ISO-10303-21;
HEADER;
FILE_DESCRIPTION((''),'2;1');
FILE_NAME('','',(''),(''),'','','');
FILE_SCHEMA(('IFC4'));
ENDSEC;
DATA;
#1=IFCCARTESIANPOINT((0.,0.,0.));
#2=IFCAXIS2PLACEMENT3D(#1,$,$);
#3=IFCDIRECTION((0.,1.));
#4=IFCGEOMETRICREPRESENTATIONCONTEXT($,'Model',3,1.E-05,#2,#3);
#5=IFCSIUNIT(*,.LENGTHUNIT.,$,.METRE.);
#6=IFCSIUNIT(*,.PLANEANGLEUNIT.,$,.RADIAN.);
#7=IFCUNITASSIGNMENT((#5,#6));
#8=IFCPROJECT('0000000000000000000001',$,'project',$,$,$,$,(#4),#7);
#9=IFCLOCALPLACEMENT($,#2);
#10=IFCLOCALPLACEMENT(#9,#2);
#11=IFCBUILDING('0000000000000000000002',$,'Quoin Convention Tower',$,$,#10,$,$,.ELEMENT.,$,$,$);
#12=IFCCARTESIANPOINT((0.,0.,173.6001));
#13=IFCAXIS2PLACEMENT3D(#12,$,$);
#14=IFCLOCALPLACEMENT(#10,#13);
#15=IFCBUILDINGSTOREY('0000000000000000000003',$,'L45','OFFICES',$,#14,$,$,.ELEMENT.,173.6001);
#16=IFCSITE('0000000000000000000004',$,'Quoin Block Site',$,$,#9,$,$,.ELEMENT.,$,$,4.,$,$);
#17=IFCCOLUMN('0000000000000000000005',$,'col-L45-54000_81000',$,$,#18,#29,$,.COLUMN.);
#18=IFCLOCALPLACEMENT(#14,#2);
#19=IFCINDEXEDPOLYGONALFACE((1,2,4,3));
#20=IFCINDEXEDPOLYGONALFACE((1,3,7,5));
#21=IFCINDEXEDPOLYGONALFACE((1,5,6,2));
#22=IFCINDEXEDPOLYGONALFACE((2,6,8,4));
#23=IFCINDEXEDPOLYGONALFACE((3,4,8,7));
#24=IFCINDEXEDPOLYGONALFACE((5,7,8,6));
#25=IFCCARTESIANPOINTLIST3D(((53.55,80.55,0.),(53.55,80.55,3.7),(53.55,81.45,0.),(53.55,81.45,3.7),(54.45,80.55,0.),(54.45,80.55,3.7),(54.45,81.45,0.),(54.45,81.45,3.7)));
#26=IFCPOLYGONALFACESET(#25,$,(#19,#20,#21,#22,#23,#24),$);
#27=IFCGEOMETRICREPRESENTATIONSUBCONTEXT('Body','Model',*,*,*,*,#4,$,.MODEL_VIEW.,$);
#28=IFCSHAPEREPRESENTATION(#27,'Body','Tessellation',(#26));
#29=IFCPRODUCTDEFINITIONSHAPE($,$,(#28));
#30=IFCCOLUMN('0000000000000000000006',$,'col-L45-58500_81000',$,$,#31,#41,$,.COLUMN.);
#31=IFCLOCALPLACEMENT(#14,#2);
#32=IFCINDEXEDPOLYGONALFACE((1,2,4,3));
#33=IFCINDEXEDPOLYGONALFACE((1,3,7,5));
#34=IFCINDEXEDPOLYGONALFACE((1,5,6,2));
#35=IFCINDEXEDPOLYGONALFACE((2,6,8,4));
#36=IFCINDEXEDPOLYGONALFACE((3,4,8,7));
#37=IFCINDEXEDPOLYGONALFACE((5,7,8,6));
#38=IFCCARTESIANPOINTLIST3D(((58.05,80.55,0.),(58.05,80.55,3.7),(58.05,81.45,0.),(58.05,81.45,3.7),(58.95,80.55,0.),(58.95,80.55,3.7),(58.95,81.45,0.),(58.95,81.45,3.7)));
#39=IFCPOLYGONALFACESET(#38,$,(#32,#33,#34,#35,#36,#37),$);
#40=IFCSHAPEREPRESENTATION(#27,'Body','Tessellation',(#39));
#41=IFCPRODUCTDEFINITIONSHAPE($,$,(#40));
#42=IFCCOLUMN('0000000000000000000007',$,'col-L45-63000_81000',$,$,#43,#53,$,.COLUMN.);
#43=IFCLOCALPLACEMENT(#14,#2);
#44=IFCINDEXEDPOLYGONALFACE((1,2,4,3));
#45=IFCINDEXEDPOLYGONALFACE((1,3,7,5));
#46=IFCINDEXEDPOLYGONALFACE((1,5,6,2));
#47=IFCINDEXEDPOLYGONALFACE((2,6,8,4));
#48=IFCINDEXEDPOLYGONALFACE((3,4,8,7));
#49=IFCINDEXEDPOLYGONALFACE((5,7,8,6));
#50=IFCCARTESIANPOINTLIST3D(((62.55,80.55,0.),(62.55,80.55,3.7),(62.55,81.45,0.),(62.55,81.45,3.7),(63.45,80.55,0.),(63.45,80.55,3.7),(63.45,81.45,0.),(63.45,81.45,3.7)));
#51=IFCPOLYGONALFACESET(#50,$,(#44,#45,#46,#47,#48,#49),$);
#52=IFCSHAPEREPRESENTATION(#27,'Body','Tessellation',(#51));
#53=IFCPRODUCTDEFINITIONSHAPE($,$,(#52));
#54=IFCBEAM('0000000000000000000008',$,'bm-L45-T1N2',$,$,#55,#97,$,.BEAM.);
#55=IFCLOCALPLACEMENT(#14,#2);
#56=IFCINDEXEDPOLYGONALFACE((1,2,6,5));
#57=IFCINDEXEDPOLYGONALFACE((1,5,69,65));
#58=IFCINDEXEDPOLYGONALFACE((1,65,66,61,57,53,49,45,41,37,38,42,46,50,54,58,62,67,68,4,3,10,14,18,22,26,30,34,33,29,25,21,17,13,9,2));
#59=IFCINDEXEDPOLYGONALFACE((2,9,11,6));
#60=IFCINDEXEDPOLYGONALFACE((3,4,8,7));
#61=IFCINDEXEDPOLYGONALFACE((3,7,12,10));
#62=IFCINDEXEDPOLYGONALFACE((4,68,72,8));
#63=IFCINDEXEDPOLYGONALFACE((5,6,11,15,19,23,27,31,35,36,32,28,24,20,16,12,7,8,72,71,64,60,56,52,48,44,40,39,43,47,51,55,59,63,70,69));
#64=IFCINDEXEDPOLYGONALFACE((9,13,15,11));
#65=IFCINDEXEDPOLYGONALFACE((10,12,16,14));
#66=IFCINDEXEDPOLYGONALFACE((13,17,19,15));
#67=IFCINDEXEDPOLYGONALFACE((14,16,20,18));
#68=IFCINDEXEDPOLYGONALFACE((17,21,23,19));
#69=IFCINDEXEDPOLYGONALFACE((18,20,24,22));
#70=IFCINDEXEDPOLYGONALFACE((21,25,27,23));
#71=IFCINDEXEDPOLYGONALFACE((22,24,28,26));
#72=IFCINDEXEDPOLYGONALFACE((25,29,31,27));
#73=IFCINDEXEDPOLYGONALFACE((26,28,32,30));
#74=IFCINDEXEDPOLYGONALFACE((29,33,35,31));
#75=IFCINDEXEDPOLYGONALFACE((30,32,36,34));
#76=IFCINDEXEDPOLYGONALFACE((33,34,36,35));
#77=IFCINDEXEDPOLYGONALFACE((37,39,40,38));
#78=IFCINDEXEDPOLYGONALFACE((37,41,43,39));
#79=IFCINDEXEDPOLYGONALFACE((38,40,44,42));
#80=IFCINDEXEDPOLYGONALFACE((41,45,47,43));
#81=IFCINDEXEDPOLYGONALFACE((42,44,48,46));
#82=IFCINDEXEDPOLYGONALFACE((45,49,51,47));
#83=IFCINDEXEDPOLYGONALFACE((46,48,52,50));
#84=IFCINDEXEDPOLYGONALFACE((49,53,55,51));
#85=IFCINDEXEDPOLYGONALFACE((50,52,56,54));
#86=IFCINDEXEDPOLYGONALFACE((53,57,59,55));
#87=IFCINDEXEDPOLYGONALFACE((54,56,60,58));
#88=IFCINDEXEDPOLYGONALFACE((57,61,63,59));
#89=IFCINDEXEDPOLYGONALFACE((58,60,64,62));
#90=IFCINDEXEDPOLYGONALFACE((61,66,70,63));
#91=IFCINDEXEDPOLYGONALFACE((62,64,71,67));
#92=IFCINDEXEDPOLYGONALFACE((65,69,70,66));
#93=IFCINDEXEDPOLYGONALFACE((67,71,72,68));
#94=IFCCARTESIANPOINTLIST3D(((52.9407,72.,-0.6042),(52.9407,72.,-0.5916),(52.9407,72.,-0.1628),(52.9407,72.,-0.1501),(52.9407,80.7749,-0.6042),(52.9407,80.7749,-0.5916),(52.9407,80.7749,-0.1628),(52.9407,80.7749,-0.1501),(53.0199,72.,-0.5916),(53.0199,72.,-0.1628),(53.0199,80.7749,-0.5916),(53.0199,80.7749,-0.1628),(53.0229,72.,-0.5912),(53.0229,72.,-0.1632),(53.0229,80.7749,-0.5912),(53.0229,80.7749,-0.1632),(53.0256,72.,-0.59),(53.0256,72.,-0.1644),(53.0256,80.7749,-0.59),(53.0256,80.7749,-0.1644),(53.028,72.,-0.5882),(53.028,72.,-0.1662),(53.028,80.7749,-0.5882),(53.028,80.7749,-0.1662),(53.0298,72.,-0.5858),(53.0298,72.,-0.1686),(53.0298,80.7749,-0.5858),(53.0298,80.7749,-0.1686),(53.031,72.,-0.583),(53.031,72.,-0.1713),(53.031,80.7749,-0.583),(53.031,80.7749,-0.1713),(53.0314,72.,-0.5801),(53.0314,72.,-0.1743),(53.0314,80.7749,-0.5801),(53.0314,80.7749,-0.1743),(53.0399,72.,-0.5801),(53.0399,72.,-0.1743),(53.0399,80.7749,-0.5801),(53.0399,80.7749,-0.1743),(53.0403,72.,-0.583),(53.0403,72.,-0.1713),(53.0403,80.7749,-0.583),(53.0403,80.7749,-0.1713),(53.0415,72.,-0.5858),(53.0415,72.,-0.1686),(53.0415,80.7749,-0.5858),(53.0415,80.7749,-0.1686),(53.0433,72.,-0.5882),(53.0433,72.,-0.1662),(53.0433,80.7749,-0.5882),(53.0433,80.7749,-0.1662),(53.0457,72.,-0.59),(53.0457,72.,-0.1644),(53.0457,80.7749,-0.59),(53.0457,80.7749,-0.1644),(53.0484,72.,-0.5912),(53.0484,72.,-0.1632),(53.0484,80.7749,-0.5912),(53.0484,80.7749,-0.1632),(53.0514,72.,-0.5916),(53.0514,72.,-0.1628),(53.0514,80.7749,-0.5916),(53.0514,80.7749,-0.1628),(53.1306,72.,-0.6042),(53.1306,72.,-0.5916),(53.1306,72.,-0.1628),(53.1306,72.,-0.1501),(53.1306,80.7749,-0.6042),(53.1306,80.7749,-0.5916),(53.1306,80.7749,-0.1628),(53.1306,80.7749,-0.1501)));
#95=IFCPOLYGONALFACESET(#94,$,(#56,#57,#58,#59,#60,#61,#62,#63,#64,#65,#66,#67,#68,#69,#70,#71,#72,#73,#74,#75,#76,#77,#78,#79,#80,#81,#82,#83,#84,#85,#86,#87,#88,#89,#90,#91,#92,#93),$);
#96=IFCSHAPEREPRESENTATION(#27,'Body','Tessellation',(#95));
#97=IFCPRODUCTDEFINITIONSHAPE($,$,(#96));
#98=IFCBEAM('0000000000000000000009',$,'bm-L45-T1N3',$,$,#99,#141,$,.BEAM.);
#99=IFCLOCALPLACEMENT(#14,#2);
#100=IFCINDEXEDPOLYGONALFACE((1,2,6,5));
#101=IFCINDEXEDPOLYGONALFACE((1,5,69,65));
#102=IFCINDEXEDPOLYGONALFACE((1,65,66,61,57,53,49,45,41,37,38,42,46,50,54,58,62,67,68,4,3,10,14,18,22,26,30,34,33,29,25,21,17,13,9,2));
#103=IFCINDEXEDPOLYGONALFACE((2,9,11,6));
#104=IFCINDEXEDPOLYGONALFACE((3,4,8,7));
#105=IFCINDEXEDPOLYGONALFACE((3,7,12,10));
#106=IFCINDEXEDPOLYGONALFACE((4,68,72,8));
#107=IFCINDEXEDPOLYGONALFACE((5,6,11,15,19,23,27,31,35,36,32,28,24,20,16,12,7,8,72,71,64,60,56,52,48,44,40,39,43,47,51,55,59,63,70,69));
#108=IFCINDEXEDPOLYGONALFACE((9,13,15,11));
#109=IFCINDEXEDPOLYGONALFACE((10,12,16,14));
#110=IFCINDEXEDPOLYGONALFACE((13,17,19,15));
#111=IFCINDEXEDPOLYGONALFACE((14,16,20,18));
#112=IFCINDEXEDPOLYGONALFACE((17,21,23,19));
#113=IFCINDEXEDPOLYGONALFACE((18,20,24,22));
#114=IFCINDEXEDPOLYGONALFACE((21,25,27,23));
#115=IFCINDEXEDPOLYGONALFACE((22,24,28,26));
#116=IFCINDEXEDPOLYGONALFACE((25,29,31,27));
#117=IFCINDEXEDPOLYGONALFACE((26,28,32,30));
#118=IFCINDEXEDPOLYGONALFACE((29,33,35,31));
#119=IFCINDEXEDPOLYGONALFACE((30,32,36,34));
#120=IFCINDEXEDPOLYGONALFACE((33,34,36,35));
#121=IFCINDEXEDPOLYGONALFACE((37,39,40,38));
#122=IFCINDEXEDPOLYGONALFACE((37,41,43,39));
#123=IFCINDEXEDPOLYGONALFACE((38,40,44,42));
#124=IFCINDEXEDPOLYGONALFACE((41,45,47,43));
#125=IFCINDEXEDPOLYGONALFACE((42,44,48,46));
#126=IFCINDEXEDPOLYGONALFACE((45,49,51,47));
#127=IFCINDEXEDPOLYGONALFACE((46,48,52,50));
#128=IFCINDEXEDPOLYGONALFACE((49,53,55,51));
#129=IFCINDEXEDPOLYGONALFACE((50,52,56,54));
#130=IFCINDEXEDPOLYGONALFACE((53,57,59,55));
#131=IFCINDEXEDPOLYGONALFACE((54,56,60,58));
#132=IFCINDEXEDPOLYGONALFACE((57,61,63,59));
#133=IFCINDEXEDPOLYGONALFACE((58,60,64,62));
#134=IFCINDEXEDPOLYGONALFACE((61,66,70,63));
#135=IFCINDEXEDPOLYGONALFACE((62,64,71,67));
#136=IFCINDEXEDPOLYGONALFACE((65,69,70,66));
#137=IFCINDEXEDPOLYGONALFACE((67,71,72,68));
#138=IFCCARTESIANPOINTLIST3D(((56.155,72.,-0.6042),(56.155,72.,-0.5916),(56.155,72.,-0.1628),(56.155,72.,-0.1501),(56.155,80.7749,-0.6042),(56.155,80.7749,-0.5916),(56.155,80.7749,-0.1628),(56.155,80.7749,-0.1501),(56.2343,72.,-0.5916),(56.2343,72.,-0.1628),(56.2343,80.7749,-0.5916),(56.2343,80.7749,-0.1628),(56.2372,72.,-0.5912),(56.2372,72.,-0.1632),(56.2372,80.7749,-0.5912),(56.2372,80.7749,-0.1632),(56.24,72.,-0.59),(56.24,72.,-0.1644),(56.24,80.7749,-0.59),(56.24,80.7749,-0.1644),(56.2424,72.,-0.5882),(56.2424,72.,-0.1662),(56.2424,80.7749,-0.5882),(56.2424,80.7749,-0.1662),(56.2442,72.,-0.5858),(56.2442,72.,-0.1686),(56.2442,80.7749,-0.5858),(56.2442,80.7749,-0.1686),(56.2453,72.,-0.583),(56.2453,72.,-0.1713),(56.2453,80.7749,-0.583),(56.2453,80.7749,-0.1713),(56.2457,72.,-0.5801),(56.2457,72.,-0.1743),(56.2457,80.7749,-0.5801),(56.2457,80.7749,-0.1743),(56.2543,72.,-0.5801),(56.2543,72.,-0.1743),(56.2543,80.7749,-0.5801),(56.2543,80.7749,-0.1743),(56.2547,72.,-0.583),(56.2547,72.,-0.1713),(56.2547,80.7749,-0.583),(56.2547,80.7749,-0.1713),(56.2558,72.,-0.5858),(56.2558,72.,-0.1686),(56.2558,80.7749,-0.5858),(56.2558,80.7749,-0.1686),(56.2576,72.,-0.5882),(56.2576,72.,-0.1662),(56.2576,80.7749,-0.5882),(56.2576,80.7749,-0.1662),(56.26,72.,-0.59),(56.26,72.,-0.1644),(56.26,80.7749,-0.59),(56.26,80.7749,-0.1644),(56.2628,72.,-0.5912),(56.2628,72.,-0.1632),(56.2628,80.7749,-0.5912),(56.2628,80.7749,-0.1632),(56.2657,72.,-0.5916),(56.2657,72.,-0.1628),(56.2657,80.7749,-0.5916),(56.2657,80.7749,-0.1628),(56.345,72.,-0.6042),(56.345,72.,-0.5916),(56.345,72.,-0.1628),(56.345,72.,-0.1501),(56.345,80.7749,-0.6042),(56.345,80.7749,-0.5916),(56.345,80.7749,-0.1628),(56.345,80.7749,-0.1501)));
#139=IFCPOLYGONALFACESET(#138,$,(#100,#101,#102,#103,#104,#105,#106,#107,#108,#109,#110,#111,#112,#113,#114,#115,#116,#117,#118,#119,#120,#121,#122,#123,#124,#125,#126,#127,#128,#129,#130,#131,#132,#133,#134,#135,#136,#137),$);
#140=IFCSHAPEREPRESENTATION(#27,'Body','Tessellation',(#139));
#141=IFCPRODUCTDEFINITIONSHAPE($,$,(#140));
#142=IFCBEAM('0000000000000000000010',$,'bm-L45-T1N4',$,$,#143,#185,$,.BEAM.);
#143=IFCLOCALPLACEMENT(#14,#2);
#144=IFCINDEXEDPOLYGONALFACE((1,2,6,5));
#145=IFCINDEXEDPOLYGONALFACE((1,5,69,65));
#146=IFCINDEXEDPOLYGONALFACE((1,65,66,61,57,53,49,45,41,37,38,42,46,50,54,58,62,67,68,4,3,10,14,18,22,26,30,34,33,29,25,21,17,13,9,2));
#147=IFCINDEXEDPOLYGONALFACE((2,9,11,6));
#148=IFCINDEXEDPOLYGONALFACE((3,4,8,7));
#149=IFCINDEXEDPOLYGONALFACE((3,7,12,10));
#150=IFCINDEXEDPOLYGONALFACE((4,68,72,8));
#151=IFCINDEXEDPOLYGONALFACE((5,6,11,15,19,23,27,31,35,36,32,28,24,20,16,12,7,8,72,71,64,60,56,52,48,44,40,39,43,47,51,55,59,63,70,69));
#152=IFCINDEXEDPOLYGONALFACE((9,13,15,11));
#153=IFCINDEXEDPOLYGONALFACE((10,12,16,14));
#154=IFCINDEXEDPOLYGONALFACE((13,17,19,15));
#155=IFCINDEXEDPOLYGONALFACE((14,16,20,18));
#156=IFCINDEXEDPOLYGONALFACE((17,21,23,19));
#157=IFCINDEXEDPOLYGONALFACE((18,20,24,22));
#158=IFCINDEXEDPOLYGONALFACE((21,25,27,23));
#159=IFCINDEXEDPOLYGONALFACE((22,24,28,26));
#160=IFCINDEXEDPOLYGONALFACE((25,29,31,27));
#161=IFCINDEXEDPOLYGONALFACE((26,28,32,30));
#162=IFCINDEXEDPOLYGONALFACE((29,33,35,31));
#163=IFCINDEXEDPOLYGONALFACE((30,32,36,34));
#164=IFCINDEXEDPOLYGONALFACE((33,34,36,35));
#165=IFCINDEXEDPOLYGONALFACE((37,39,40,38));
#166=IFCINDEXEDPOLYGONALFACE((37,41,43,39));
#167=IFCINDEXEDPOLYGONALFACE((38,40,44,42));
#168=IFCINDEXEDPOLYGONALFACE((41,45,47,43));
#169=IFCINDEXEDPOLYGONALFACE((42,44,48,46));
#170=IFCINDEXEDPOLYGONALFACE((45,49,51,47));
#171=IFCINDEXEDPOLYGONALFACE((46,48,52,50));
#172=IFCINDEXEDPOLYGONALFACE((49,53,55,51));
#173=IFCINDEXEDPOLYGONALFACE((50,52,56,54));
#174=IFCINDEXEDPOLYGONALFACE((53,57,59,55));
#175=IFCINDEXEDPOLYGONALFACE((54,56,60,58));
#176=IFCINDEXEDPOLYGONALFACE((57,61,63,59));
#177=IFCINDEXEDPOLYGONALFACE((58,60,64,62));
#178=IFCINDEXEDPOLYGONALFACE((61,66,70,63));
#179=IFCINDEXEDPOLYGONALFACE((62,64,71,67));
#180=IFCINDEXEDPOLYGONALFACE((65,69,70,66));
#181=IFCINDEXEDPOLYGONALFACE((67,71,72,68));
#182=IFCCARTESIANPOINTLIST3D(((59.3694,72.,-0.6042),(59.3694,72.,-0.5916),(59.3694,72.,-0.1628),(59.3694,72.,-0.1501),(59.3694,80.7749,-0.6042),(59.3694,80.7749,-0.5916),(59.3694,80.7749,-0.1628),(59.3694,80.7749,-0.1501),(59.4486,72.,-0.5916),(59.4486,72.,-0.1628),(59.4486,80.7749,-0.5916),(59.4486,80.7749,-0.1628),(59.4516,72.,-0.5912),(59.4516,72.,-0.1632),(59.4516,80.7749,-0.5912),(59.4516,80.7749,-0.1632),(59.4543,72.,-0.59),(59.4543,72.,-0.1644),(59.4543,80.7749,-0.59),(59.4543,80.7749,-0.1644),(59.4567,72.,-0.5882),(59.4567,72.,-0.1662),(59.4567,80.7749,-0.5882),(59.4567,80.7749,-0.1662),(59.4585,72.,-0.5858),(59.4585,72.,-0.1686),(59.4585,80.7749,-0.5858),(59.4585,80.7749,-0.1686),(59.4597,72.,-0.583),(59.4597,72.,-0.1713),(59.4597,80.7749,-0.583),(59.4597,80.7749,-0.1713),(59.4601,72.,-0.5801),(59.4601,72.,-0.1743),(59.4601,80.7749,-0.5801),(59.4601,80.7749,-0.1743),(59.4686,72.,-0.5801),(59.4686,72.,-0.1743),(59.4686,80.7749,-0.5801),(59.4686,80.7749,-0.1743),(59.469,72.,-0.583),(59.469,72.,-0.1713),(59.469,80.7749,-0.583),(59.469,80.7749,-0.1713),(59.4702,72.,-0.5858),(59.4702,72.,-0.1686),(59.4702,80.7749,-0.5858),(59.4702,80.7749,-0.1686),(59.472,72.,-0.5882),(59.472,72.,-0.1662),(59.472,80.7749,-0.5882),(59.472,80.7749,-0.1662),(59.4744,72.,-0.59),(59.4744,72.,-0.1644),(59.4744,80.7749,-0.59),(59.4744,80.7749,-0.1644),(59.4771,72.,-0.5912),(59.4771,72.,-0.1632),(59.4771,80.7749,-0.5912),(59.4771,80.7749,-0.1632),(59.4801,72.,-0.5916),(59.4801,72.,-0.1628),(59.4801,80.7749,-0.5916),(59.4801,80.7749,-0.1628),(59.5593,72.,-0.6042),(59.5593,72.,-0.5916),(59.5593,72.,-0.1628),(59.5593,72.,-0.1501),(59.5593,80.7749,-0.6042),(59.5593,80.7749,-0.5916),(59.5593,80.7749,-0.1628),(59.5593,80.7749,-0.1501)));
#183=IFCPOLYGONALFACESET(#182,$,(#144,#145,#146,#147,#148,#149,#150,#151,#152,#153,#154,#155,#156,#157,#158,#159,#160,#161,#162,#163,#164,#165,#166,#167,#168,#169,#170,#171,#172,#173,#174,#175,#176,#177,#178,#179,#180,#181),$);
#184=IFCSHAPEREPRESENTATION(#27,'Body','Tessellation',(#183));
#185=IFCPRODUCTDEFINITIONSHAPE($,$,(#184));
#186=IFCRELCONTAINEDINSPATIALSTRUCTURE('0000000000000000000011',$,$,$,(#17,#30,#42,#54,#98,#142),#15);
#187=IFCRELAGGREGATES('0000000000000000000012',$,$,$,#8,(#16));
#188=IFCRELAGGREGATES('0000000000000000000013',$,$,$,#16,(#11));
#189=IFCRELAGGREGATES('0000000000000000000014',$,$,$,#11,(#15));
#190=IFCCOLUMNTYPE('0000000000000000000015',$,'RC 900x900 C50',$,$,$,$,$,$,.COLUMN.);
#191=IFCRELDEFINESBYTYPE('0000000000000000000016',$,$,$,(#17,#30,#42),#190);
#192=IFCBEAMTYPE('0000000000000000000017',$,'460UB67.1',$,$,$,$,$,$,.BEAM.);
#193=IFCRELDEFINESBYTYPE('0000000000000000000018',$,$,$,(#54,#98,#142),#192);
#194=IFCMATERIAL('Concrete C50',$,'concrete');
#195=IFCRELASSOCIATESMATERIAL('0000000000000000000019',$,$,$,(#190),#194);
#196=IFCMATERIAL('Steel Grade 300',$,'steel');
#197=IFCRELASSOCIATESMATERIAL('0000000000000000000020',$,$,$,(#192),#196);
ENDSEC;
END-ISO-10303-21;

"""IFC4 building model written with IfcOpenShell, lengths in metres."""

from ifc_helpers import new_model, si_unit, direction, frame, origin, origin_2d, place, context, subcontext, project, spatial, rectangle, i_section, extrude, material, material_profile, profile_set, type_object, element, save


model = new_model("IFC4")

# Units and contexts
model_context = context("Model", 3, precision=1e-05, world=origin(), true_north=direction((0.0, 1.0)))
body_context = subcontext(model_context, "Body", "Model", "MODEL_VIEW")
ifc_project = project(units=[si_unit("LENGTHUNIT", "METRE"), si_unit("PLANEANGLEUNIT", "RADIAN")], contexts=[model_context])

# Site, building, storey
site_placement = place(None, origin())
site = spatial("IfcSite", under=ifc_project, at=site_placement, Name="Quoin Block Site", CompositionType="ELEMENT", RefElevation=4.0)
building_placement = place(site_placement, origin())
building = spatial("IfcBuilding", under=site, at=building_placement, Name="Quoin Convention Tower", CompositionType="ELEMENT")
storey_placement = place(building_placement, frame((0.0, 0.0, 173.6001)))
storey = spatial("IfcBuildingStorey", under=building, at=storey_placement, Name="L45", Description="OFFICES", CompositionType="ELEMENT", Elevation=173.6001)

# Columns
ifc_material_1 = material(Name="Concrete C50", Category="concrete")
ifc_material_profile_1 = material_profile(ifc_material_1, rectangle(XDim=0.8999, YDim=0.8999, at=origin_2d()), Name="RC 900x900")
ifc_profile_set_1 = profile_set([ifc_material_profile_1], Name="Concrete C50")
column_type = type_object("IfcColumnType", Name="RC 900x900 C50", PredefinedType="COLUMN", material=ifc_profile_set_1)
for number, where, z_axis, x_axis, name in (
    (1, (54.0, 81.0, 0.0), (0.0, 0.0, 1.0), (1.0, 0.0, 0.0), "col-L45-54000_81000"),
    (2, (58.5, 81.0, 0.0), (0.0, 0.0, 1.0), (1.0, 0.0, 0.0), "col-L45-58500_81000"),
    (3, (63.0, 81.0, 0.0), (0.0, 0.0, 1.0), (1.0, 0.0, 0.0), "col-L45-63000_81000"),
):
    element("IfcColumn", number, at=place(storey_placement, frame(where, z_axis=z_axis, x_axis=x_axis)), inside=storey, type_object=column_type, Name=name, PredefinedType="COLUMN", context=body_context, shape_type="SweptSolid", body=[
        extrude(rectangle(XDim=0.8999, YDim=0.8999, at=origin_2d()), origin(), (0.0, 0.0, 1.0), 3.7),
    ])

# Beams
ifc_material_2 = material(Name="Steel Grade 300", Category="steel")
ifc_material_profile_2 = material_profile(ifc_material_2, i_section(OverallWidth=0.1899, OverallDepth=0.4541, WebThickness=0.0085, FlangeThickness=0.0127, FilletRadius=0.0115, at=origin_2d()), Name="460UB67.1")
ifc_profile_set_2 = profile_set([ifc_material_profile_2], Name="Steel Grade 300")
beam_type_1 = type_object("IfcBeamType", Name="460UB67.1", PredefinedType="BEAM", material=ifc_profile_set_2)
for number, where, z_axis, x_axis, name in (
    (4, (53.0356, 72.0, -0.3772), (0.0, 1.0, 0.0), (-1.0, 0.0, 0.0), "bm-L45-T1N2"),
    (5, (56.25, 72.0, -0.3772), (0.0, 1.0, 0.0), (-1.0, 0.0, 0.0), "bm-L45-T1N3"),
    (6, (59.4644, 72.0, -0.3772), (0.0, 1.0, 0.0), (-1.0, 0.0, 0.0), "bm-L45-T1N4"),
):
    element("IfcBeam", number, at=place(storey_placement, frame(where, z_axis=z_axis, x_axis=x_axis)), inside=storey, type_object=beam_type_1, Name=name, PredefinedType="BEAM", context=body_context, shape_type="SweptSolid", body=[
        extrude(i_section(OverallWidth=0.1899, OverallDepth=0.4541, WebThickness=0.0085, FlangeThickness=0.0127, FilletRadius=0.0115, at=origin_2d()), origin(), (0.0, 0.0, 1.0), 8.7749),
    ])

save(model, "model.ifc")
